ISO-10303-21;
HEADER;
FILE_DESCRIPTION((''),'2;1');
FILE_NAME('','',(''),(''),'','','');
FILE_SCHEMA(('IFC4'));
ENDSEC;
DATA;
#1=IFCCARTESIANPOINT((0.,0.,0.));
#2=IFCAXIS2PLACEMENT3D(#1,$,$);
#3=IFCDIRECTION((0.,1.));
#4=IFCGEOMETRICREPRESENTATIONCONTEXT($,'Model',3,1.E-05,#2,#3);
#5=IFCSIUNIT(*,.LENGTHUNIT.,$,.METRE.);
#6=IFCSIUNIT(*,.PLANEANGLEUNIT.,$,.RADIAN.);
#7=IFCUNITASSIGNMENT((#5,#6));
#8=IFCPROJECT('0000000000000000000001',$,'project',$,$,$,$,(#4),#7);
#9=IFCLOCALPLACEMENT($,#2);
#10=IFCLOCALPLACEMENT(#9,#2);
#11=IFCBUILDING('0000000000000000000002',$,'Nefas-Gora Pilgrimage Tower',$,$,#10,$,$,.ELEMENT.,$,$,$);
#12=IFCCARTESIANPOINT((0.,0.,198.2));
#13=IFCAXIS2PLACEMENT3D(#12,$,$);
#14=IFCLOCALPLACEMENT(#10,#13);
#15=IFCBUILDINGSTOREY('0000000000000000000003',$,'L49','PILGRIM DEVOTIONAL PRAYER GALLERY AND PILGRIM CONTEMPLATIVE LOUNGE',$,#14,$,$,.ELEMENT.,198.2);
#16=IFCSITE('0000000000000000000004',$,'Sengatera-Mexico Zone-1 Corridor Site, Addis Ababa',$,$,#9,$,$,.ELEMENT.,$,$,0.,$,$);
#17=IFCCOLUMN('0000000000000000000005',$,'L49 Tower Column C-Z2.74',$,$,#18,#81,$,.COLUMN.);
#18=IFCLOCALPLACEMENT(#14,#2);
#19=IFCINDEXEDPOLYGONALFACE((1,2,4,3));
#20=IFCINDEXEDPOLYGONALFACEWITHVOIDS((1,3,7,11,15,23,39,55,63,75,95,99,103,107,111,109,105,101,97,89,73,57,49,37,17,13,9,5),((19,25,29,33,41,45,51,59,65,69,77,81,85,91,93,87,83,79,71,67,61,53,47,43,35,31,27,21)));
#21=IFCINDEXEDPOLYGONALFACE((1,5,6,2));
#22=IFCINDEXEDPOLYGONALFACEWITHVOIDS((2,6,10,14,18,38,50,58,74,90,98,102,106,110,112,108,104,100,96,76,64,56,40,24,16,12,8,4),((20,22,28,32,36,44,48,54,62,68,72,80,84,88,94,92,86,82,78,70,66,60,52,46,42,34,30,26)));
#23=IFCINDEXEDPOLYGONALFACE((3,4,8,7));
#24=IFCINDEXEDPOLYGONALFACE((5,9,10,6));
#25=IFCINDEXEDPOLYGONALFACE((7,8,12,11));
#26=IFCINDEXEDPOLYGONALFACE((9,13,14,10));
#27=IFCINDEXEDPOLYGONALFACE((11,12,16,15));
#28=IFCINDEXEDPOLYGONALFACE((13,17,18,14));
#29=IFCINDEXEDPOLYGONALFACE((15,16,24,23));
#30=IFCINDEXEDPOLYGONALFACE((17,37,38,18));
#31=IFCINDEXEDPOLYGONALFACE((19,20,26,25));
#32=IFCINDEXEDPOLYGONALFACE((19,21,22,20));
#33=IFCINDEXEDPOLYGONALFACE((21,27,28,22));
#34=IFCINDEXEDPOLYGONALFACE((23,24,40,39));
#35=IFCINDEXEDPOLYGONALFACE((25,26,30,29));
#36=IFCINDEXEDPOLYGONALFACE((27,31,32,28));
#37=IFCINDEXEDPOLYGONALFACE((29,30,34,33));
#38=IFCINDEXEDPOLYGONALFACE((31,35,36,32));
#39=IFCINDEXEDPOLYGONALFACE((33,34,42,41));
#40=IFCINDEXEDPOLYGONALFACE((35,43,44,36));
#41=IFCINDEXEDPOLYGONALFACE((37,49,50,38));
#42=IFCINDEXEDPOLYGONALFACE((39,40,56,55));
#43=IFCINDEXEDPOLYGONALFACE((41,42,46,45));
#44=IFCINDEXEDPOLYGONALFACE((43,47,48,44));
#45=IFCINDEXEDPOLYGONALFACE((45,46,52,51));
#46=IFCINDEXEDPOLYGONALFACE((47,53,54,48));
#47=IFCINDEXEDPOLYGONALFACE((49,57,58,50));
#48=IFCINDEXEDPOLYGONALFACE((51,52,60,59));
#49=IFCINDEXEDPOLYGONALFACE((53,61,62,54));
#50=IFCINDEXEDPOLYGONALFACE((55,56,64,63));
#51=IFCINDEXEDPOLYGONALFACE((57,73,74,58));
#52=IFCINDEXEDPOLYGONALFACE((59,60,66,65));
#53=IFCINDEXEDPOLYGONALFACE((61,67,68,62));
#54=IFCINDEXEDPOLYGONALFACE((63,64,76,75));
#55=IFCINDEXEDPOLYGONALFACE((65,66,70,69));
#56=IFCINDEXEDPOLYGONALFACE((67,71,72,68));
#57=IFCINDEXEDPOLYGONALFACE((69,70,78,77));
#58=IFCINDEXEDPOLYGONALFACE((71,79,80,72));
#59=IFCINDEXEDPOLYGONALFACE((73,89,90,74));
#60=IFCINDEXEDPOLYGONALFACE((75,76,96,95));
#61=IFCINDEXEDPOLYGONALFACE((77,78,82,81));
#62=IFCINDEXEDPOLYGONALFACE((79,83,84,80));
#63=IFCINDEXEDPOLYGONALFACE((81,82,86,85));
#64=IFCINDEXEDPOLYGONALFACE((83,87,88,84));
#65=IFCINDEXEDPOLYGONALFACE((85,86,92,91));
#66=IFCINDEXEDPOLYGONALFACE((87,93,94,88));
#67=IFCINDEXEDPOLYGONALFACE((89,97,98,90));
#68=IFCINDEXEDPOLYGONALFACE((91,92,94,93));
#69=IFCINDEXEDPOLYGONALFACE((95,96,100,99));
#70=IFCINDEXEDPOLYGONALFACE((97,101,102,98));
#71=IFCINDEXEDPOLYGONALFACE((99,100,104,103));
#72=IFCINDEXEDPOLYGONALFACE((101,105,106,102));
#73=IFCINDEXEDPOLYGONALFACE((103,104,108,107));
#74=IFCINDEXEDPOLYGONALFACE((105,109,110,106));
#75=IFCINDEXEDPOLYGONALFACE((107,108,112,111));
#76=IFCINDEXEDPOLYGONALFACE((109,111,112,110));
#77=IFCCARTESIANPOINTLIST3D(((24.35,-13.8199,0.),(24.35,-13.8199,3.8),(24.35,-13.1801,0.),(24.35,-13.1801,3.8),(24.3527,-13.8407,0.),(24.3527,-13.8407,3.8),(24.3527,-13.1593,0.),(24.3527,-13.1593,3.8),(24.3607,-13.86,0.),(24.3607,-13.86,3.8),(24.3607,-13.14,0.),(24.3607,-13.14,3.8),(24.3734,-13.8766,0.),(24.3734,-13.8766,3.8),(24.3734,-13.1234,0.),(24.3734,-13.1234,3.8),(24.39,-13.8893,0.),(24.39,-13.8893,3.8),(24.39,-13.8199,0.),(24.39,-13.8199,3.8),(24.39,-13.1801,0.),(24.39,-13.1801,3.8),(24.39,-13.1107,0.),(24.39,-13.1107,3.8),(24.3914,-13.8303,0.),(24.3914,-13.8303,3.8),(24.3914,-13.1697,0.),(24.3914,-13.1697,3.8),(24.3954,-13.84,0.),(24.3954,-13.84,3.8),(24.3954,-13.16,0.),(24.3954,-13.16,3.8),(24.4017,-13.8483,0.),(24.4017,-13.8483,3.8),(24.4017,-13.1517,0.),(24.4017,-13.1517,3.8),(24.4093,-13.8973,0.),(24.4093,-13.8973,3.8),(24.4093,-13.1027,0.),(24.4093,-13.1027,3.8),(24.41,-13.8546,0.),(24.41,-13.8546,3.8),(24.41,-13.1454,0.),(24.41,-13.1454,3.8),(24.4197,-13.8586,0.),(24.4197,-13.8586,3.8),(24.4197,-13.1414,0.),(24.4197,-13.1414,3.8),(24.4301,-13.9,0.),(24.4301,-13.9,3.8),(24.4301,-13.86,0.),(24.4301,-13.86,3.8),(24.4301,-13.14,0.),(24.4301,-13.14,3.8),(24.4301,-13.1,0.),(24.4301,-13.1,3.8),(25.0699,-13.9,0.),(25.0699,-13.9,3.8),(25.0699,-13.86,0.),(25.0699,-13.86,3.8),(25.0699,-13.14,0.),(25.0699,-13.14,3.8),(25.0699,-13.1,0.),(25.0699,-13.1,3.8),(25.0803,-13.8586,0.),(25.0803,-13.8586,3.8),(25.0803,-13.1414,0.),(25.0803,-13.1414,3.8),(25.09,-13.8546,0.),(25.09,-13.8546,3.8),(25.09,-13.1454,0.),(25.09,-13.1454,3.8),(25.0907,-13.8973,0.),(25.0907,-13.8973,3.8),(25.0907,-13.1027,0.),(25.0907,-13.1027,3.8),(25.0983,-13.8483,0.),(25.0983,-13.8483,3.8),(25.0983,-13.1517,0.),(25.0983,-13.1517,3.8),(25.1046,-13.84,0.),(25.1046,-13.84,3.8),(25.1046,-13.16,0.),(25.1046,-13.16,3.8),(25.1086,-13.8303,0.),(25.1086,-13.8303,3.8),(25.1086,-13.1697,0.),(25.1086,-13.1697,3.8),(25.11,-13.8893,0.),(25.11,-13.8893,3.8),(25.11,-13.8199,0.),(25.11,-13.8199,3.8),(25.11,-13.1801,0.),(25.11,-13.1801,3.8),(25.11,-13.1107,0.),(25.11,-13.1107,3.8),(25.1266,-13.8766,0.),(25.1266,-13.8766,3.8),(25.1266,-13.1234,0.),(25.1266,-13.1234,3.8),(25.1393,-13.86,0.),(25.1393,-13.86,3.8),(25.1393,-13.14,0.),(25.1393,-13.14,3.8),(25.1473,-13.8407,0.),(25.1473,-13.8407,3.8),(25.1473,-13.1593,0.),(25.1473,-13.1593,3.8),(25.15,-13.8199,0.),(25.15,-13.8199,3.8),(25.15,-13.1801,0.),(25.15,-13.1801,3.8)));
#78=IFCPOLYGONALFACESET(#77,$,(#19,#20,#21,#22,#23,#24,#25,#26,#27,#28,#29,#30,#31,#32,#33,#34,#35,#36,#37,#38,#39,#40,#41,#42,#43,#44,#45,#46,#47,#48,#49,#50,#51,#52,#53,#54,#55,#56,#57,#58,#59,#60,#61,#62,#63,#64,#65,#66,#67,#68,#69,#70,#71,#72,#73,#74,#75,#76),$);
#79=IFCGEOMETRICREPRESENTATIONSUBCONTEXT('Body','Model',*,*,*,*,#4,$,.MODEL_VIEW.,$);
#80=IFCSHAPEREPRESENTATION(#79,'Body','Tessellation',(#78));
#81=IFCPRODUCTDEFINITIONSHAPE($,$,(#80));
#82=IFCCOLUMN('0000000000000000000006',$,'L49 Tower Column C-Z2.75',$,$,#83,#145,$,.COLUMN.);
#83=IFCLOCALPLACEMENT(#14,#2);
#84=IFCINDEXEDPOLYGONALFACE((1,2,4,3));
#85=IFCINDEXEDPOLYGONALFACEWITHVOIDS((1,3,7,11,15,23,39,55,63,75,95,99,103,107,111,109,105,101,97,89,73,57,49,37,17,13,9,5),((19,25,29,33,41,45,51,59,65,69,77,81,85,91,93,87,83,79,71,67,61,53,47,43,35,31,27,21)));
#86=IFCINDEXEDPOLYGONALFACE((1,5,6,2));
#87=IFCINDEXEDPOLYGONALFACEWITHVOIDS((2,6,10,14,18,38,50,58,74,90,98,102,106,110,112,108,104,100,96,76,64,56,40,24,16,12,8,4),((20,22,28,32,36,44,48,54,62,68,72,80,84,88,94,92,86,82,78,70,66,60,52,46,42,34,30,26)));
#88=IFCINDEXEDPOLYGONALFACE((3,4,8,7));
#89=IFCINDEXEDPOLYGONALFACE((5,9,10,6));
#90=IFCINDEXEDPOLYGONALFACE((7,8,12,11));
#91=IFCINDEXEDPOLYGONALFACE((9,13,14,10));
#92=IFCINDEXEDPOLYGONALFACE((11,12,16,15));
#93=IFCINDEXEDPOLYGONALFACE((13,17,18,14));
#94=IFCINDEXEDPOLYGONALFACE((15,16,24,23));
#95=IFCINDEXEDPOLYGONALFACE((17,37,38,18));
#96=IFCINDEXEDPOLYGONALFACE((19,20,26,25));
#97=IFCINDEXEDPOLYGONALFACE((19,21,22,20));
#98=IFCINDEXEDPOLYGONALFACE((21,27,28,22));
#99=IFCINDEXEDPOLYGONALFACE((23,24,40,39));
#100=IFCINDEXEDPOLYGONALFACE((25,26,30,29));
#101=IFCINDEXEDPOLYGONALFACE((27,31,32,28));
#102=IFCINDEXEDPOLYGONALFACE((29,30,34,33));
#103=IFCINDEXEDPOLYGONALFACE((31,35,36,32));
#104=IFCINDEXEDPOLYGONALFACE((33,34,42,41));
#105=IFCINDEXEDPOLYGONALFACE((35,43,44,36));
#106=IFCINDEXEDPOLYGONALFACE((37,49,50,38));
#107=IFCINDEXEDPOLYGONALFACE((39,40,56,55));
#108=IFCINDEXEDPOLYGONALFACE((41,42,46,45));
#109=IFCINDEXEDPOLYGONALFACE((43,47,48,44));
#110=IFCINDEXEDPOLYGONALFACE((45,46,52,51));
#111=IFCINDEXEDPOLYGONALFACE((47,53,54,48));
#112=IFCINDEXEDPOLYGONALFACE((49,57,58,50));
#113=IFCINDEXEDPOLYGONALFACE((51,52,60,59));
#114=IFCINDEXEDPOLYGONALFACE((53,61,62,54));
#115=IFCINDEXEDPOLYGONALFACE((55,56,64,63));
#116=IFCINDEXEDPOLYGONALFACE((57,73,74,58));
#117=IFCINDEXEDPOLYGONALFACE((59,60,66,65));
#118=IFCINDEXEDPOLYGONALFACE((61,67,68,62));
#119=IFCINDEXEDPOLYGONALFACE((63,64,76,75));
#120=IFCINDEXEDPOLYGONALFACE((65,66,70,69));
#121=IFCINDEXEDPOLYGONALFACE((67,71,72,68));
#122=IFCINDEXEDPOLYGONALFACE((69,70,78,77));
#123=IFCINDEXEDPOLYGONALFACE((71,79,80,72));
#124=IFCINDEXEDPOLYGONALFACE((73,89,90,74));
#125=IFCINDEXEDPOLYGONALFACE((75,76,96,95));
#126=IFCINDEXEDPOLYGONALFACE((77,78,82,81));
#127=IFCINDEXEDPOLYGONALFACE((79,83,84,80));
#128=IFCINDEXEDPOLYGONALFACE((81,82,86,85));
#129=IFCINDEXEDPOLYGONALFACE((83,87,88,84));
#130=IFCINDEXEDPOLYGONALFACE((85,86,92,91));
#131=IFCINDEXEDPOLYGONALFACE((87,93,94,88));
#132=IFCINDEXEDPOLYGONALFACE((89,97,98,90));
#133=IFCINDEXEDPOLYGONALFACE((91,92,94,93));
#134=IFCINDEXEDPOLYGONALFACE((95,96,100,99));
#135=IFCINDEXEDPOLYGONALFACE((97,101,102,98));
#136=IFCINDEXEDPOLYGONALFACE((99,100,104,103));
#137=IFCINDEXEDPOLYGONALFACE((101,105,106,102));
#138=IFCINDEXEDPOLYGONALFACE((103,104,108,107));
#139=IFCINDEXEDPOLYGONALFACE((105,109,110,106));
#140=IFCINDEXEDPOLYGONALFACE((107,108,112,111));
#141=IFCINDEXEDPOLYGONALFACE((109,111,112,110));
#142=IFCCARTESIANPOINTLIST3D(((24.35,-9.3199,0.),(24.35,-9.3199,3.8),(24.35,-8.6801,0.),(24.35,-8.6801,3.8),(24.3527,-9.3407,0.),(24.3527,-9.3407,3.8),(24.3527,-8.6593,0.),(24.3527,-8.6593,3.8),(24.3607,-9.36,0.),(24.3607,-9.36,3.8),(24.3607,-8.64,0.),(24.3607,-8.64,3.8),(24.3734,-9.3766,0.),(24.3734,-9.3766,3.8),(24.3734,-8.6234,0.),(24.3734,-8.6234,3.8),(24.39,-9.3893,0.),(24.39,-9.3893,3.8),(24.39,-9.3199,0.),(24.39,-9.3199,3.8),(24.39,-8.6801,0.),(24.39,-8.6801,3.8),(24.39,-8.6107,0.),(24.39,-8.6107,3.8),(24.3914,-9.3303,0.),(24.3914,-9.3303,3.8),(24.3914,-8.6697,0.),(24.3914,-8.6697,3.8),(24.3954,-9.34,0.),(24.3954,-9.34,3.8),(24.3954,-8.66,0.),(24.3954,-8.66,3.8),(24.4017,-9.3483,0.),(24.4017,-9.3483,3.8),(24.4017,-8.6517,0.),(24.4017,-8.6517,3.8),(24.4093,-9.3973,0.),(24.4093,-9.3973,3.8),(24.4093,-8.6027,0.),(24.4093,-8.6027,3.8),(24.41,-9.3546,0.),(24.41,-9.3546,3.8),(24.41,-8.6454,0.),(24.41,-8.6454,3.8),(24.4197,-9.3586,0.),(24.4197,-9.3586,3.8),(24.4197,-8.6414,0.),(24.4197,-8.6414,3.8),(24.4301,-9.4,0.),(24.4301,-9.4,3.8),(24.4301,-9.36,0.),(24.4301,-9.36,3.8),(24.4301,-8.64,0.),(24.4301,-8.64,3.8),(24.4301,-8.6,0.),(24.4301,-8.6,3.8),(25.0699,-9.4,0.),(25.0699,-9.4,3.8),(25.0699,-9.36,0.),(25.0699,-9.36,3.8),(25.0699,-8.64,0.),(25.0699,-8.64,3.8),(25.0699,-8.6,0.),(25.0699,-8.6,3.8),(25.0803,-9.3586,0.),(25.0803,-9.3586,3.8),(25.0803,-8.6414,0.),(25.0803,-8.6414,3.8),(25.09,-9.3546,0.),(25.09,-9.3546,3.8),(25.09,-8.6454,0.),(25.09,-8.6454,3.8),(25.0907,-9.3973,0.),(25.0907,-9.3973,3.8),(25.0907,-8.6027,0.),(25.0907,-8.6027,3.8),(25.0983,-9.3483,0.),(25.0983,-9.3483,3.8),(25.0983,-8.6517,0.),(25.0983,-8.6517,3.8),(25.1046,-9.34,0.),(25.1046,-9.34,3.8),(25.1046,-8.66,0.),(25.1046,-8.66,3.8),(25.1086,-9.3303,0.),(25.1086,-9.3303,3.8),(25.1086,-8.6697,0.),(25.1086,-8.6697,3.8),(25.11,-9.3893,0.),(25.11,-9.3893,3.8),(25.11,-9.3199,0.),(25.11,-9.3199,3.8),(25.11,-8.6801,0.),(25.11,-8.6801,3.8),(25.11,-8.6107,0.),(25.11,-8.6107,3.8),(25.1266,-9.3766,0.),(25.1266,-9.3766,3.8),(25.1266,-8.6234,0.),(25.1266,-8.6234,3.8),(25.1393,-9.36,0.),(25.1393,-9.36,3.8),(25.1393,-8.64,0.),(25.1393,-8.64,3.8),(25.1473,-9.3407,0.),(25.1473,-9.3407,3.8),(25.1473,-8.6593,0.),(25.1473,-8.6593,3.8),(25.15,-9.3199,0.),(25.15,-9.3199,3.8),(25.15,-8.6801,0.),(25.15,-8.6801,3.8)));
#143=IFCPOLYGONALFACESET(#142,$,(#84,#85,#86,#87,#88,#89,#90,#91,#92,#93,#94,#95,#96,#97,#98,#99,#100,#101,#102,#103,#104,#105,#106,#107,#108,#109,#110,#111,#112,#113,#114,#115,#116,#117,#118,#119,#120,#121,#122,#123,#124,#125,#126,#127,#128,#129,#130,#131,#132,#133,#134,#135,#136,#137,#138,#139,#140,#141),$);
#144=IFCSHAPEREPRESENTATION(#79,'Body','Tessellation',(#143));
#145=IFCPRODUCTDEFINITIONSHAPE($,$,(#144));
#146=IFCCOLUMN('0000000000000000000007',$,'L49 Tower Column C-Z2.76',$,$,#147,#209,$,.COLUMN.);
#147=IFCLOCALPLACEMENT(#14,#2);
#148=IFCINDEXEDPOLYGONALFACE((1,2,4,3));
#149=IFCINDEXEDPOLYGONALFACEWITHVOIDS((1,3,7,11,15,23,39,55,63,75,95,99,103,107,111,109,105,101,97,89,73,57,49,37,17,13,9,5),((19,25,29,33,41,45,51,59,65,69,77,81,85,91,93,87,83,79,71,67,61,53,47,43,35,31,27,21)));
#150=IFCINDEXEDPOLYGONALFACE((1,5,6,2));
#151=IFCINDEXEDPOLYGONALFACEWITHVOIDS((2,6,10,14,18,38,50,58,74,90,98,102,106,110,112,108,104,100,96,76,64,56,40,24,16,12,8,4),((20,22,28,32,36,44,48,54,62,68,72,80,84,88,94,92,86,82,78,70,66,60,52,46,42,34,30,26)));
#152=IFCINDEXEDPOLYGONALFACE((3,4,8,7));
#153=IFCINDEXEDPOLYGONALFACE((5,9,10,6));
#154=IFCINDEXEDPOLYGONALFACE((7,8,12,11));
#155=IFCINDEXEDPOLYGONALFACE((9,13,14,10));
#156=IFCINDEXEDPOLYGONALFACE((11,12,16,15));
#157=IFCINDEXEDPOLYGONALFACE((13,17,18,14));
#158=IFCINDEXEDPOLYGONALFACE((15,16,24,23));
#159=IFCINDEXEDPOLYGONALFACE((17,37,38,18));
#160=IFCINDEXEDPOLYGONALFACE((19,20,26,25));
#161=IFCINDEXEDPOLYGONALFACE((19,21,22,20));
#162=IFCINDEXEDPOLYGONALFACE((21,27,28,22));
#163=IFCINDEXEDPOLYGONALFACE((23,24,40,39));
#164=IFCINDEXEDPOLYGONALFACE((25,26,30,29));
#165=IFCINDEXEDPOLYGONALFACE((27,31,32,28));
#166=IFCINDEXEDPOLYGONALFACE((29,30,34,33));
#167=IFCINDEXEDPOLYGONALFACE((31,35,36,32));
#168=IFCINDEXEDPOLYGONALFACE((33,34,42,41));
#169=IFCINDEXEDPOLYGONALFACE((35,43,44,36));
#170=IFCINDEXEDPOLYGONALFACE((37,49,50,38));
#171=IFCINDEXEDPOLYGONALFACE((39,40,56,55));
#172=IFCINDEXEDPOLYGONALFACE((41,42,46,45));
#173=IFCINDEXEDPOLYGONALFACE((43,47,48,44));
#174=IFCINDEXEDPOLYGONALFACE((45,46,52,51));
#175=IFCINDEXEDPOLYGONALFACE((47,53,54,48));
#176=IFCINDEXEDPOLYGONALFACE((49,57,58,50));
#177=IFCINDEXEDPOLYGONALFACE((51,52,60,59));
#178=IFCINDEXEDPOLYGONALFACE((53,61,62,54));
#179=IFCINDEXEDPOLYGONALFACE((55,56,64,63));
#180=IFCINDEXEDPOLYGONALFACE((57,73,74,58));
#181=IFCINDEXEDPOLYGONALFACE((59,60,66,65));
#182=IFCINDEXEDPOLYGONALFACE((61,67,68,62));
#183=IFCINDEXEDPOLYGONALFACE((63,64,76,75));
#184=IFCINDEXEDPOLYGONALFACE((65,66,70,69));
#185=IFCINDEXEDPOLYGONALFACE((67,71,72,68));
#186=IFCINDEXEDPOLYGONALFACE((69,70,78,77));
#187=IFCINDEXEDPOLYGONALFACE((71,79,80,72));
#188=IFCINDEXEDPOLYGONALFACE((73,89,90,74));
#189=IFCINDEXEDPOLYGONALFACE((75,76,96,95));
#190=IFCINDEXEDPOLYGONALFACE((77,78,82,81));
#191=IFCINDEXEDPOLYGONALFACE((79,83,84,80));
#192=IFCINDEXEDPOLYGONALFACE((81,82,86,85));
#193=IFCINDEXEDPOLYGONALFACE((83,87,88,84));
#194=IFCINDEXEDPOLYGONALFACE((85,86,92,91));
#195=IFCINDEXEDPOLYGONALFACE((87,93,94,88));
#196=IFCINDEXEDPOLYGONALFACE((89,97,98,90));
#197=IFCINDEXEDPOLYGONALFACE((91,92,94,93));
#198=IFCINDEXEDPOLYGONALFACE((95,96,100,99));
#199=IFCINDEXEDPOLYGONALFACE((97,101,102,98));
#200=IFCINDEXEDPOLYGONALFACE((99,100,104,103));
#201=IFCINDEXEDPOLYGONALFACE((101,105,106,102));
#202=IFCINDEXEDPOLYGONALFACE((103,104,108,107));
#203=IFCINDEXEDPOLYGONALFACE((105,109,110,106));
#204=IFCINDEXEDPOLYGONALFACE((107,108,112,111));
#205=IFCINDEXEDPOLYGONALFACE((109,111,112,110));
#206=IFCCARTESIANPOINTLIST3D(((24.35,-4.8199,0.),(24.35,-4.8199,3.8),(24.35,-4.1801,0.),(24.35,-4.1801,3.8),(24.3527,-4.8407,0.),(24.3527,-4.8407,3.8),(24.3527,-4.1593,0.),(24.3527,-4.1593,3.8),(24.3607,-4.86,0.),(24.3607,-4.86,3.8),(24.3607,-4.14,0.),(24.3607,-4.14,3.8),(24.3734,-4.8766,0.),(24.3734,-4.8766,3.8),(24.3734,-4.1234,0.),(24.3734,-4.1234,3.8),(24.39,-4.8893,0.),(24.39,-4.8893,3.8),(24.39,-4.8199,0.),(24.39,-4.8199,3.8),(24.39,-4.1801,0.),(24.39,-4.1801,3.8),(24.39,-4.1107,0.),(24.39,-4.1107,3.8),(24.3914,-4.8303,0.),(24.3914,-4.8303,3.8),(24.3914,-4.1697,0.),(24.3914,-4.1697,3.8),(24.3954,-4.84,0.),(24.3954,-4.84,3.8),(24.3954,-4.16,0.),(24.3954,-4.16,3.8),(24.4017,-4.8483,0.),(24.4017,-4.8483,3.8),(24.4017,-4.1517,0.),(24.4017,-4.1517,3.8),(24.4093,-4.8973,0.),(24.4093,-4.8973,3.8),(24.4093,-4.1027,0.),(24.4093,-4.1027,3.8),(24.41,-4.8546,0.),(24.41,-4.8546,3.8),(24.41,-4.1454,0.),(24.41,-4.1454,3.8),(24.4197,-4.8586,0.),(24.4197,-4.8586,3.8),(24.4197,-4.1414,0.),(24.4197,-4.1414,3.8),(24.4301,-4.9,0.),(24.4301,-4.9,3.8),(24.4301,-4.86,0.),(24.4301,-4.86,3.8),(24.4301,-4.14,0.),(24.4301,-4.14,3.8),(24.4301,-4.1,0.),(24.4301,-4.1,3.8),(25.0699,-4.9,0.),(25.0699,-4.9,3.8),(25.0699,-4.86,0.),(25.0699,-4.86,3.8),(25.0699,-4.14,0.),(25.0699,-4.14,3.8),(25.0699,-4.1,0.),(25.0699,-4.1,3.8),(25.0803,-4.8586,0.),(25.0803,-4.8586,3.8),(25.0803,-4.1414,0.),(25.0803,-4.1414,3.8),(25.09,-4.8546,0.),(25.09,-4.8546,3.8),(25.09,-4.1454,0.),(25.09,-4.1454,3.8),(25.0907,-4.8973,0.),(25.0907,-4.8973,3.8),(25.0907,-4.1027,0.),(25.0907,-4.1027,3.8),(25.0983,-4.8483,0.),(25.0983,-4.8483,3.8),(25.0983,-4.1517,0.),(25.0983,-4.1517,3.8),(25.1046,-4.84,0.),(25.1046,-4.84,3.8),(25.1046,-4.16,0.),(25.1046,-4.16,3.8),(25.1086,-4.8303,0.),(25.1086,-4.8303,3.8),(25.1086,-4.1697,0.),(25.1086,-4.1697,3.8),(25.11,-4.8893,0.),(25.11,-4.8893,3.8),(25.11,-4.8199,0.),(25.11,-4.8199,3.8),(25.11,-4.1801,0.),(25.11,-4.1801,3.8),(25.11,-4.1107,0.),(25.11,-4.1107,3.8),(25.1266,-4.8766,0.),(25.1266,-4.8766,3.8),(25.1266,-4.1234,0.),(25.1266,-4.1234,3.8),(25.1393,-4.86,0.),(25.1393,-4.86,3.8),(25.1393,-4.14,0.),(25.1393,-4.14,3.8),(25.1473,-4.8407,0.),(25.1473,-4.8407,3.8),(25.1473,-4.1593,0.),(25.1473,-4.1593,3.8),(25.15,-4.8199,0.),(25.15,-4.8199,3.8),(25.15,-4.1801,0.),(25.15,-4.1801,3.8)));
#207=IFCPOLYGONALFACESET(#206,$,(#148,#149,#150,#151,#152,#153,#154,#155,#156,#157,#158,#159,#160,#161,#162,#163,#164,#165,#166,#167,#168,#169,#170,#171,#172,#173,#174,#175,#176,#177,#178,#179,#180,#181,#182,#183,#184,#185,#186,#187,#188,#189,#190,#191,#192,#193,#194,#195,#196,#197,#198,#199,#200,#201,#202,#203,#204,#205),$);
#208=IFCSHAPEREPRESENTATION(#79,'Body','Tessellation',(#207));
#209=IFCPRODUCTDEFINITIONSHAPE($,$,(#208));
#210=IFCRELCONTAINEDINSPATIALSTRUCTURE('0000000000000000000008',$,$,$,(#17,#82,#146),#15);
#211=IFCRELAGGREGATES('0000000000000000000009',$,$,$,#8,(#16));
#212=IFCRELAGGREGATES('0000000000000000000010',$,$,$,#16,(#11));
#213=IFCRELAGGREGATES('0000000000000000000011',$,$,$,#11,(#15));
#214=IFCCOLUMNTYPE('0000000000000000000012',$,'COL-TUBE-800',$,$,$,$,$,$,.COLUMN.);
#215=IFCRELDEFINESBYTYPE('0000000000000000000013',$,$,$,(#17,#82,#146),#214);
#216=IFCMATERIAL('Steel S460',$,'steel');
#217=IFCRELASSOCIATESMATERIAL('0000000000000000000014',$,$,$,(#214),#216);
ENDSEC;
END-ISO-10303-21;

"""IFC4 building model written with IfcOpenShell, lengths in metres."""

from ifc_helpers import new_model, si_unit, direction, frame, origin, origin_2d, place, context, subcontext, project, spatial, hollow_rectangle, extrude, source, transform, mapped, material, material_profile, profile_set, type_object, element, save


model = new_model("IFC4")

# Units and contexts
model_context = context("Model", 3, precision=1e-05, world=origin(), true_north=direction((0.0, 1.0)))
body_context = subcontext(model_context, "Body", "Model", "MODEL_VIEW")
ifc_project = project(units=[si_unit("LENGTHUNIT", "METRE"), si_unit("PLANEANGLEUNIT", "RADIAN")], contexts=[model_context])

# Site, building, storey
site_placement = place(None, origin())
site = spatial("IfcSite", under=ifc_project, at=site_placement, Name="Sengatera-Mexico Zone-1 Corridor Site, Addis Ababa", CompositionType="ELEMENT", RefElevation=0.0)
building_placement = place(site_placement, origin())
building = spatial("IfcBuilding", under=site, at=building_placement, Name="Nefas-Gora Pilgrimage Tower", CompositionType="ELEMENT")
storey_placement = place(building_placement, frame((0.0, 0.0, 198.2)))
storey = spatial("IfcBuildingStorey", under=building, at=storey_placement, Name="L49", Description="PILGRIM DEVOTIONAL PRAYER GALLERY AND PILGRIM CONTEMPLATIVE LOUNGE", CompositionType="ELEMENT", Elevation=198.2)

# Columns
ifc_material_1 = material(Name="Steel S460", Category="steel")
ifc_material_profile_1 = material_profile(ifc_material_1, hollow_rectangle(XDim=0.8, YDim=0.8, WallThickness=0.04, InnerFilletRadius=0.04, OuterFilletRadius=0.0801, at=origin_2d()), Name="BOX 800x800x40")
ifc_profile_set_1 = profile_set([ifc_material_profile_1], Name="Steel S460")
column_type_1 = type_object("IfcColumnType", Name="COL-TUBE-800", PredefinedType="COLUMN", material=ifc_profile_set_1)
shared_shape_1 = source(origin(), body_context, "Body", "SweptSolid", [
    extrude(hollow_rectangle(XDim=0.8, YDim=0.8, WallThickness=0.04, InnerFilletRadius=0.04, OuterFilletRadius=0.0801, at=origin_2d()), origin(), (0.0, 0.0, 1.0), 3.8),
])
for number, where, z_axis, x_axis, name in (
    (1, (24.75, -13.5, 0.0), (0.0, 0.0, 1.0), (1.0, 0.0, 0.0), "L49 Tower Column C-Z2.74"),
    (2, (24.75, -9.0, 0.0), (0.0, 0.0, 1.0), (1.0, 0.0, 0.0), "L49 Tower Column C-Z2.75"),
    (3, (24.75, -4.5, 0.0), (0.0, 0.0, 1.0), (1.0, 0.0, 0.0), "L49 Tower Column C-Z2.76"),
):
    element("IfcColumn", number, at=place(storey_placement, frame(where, z_axis=z_axis, x_axis=x_axis)), inside=storey, type_object=column_type_1, Name=name, PredefinedType="COLUMN", context=body_context, shape_type="MappedRepresentation", body=[
        mapped(shared_shape_1, transform((0.0, 0.0, 0.0), x_axis=(1.0, 0.0, 0.0), y_axis=(0.0, 1.0, 0.0), z_axis=(0.0, 0.0, 1.0), scale=1.0)),
    ])

save(model, "model.ifc")
